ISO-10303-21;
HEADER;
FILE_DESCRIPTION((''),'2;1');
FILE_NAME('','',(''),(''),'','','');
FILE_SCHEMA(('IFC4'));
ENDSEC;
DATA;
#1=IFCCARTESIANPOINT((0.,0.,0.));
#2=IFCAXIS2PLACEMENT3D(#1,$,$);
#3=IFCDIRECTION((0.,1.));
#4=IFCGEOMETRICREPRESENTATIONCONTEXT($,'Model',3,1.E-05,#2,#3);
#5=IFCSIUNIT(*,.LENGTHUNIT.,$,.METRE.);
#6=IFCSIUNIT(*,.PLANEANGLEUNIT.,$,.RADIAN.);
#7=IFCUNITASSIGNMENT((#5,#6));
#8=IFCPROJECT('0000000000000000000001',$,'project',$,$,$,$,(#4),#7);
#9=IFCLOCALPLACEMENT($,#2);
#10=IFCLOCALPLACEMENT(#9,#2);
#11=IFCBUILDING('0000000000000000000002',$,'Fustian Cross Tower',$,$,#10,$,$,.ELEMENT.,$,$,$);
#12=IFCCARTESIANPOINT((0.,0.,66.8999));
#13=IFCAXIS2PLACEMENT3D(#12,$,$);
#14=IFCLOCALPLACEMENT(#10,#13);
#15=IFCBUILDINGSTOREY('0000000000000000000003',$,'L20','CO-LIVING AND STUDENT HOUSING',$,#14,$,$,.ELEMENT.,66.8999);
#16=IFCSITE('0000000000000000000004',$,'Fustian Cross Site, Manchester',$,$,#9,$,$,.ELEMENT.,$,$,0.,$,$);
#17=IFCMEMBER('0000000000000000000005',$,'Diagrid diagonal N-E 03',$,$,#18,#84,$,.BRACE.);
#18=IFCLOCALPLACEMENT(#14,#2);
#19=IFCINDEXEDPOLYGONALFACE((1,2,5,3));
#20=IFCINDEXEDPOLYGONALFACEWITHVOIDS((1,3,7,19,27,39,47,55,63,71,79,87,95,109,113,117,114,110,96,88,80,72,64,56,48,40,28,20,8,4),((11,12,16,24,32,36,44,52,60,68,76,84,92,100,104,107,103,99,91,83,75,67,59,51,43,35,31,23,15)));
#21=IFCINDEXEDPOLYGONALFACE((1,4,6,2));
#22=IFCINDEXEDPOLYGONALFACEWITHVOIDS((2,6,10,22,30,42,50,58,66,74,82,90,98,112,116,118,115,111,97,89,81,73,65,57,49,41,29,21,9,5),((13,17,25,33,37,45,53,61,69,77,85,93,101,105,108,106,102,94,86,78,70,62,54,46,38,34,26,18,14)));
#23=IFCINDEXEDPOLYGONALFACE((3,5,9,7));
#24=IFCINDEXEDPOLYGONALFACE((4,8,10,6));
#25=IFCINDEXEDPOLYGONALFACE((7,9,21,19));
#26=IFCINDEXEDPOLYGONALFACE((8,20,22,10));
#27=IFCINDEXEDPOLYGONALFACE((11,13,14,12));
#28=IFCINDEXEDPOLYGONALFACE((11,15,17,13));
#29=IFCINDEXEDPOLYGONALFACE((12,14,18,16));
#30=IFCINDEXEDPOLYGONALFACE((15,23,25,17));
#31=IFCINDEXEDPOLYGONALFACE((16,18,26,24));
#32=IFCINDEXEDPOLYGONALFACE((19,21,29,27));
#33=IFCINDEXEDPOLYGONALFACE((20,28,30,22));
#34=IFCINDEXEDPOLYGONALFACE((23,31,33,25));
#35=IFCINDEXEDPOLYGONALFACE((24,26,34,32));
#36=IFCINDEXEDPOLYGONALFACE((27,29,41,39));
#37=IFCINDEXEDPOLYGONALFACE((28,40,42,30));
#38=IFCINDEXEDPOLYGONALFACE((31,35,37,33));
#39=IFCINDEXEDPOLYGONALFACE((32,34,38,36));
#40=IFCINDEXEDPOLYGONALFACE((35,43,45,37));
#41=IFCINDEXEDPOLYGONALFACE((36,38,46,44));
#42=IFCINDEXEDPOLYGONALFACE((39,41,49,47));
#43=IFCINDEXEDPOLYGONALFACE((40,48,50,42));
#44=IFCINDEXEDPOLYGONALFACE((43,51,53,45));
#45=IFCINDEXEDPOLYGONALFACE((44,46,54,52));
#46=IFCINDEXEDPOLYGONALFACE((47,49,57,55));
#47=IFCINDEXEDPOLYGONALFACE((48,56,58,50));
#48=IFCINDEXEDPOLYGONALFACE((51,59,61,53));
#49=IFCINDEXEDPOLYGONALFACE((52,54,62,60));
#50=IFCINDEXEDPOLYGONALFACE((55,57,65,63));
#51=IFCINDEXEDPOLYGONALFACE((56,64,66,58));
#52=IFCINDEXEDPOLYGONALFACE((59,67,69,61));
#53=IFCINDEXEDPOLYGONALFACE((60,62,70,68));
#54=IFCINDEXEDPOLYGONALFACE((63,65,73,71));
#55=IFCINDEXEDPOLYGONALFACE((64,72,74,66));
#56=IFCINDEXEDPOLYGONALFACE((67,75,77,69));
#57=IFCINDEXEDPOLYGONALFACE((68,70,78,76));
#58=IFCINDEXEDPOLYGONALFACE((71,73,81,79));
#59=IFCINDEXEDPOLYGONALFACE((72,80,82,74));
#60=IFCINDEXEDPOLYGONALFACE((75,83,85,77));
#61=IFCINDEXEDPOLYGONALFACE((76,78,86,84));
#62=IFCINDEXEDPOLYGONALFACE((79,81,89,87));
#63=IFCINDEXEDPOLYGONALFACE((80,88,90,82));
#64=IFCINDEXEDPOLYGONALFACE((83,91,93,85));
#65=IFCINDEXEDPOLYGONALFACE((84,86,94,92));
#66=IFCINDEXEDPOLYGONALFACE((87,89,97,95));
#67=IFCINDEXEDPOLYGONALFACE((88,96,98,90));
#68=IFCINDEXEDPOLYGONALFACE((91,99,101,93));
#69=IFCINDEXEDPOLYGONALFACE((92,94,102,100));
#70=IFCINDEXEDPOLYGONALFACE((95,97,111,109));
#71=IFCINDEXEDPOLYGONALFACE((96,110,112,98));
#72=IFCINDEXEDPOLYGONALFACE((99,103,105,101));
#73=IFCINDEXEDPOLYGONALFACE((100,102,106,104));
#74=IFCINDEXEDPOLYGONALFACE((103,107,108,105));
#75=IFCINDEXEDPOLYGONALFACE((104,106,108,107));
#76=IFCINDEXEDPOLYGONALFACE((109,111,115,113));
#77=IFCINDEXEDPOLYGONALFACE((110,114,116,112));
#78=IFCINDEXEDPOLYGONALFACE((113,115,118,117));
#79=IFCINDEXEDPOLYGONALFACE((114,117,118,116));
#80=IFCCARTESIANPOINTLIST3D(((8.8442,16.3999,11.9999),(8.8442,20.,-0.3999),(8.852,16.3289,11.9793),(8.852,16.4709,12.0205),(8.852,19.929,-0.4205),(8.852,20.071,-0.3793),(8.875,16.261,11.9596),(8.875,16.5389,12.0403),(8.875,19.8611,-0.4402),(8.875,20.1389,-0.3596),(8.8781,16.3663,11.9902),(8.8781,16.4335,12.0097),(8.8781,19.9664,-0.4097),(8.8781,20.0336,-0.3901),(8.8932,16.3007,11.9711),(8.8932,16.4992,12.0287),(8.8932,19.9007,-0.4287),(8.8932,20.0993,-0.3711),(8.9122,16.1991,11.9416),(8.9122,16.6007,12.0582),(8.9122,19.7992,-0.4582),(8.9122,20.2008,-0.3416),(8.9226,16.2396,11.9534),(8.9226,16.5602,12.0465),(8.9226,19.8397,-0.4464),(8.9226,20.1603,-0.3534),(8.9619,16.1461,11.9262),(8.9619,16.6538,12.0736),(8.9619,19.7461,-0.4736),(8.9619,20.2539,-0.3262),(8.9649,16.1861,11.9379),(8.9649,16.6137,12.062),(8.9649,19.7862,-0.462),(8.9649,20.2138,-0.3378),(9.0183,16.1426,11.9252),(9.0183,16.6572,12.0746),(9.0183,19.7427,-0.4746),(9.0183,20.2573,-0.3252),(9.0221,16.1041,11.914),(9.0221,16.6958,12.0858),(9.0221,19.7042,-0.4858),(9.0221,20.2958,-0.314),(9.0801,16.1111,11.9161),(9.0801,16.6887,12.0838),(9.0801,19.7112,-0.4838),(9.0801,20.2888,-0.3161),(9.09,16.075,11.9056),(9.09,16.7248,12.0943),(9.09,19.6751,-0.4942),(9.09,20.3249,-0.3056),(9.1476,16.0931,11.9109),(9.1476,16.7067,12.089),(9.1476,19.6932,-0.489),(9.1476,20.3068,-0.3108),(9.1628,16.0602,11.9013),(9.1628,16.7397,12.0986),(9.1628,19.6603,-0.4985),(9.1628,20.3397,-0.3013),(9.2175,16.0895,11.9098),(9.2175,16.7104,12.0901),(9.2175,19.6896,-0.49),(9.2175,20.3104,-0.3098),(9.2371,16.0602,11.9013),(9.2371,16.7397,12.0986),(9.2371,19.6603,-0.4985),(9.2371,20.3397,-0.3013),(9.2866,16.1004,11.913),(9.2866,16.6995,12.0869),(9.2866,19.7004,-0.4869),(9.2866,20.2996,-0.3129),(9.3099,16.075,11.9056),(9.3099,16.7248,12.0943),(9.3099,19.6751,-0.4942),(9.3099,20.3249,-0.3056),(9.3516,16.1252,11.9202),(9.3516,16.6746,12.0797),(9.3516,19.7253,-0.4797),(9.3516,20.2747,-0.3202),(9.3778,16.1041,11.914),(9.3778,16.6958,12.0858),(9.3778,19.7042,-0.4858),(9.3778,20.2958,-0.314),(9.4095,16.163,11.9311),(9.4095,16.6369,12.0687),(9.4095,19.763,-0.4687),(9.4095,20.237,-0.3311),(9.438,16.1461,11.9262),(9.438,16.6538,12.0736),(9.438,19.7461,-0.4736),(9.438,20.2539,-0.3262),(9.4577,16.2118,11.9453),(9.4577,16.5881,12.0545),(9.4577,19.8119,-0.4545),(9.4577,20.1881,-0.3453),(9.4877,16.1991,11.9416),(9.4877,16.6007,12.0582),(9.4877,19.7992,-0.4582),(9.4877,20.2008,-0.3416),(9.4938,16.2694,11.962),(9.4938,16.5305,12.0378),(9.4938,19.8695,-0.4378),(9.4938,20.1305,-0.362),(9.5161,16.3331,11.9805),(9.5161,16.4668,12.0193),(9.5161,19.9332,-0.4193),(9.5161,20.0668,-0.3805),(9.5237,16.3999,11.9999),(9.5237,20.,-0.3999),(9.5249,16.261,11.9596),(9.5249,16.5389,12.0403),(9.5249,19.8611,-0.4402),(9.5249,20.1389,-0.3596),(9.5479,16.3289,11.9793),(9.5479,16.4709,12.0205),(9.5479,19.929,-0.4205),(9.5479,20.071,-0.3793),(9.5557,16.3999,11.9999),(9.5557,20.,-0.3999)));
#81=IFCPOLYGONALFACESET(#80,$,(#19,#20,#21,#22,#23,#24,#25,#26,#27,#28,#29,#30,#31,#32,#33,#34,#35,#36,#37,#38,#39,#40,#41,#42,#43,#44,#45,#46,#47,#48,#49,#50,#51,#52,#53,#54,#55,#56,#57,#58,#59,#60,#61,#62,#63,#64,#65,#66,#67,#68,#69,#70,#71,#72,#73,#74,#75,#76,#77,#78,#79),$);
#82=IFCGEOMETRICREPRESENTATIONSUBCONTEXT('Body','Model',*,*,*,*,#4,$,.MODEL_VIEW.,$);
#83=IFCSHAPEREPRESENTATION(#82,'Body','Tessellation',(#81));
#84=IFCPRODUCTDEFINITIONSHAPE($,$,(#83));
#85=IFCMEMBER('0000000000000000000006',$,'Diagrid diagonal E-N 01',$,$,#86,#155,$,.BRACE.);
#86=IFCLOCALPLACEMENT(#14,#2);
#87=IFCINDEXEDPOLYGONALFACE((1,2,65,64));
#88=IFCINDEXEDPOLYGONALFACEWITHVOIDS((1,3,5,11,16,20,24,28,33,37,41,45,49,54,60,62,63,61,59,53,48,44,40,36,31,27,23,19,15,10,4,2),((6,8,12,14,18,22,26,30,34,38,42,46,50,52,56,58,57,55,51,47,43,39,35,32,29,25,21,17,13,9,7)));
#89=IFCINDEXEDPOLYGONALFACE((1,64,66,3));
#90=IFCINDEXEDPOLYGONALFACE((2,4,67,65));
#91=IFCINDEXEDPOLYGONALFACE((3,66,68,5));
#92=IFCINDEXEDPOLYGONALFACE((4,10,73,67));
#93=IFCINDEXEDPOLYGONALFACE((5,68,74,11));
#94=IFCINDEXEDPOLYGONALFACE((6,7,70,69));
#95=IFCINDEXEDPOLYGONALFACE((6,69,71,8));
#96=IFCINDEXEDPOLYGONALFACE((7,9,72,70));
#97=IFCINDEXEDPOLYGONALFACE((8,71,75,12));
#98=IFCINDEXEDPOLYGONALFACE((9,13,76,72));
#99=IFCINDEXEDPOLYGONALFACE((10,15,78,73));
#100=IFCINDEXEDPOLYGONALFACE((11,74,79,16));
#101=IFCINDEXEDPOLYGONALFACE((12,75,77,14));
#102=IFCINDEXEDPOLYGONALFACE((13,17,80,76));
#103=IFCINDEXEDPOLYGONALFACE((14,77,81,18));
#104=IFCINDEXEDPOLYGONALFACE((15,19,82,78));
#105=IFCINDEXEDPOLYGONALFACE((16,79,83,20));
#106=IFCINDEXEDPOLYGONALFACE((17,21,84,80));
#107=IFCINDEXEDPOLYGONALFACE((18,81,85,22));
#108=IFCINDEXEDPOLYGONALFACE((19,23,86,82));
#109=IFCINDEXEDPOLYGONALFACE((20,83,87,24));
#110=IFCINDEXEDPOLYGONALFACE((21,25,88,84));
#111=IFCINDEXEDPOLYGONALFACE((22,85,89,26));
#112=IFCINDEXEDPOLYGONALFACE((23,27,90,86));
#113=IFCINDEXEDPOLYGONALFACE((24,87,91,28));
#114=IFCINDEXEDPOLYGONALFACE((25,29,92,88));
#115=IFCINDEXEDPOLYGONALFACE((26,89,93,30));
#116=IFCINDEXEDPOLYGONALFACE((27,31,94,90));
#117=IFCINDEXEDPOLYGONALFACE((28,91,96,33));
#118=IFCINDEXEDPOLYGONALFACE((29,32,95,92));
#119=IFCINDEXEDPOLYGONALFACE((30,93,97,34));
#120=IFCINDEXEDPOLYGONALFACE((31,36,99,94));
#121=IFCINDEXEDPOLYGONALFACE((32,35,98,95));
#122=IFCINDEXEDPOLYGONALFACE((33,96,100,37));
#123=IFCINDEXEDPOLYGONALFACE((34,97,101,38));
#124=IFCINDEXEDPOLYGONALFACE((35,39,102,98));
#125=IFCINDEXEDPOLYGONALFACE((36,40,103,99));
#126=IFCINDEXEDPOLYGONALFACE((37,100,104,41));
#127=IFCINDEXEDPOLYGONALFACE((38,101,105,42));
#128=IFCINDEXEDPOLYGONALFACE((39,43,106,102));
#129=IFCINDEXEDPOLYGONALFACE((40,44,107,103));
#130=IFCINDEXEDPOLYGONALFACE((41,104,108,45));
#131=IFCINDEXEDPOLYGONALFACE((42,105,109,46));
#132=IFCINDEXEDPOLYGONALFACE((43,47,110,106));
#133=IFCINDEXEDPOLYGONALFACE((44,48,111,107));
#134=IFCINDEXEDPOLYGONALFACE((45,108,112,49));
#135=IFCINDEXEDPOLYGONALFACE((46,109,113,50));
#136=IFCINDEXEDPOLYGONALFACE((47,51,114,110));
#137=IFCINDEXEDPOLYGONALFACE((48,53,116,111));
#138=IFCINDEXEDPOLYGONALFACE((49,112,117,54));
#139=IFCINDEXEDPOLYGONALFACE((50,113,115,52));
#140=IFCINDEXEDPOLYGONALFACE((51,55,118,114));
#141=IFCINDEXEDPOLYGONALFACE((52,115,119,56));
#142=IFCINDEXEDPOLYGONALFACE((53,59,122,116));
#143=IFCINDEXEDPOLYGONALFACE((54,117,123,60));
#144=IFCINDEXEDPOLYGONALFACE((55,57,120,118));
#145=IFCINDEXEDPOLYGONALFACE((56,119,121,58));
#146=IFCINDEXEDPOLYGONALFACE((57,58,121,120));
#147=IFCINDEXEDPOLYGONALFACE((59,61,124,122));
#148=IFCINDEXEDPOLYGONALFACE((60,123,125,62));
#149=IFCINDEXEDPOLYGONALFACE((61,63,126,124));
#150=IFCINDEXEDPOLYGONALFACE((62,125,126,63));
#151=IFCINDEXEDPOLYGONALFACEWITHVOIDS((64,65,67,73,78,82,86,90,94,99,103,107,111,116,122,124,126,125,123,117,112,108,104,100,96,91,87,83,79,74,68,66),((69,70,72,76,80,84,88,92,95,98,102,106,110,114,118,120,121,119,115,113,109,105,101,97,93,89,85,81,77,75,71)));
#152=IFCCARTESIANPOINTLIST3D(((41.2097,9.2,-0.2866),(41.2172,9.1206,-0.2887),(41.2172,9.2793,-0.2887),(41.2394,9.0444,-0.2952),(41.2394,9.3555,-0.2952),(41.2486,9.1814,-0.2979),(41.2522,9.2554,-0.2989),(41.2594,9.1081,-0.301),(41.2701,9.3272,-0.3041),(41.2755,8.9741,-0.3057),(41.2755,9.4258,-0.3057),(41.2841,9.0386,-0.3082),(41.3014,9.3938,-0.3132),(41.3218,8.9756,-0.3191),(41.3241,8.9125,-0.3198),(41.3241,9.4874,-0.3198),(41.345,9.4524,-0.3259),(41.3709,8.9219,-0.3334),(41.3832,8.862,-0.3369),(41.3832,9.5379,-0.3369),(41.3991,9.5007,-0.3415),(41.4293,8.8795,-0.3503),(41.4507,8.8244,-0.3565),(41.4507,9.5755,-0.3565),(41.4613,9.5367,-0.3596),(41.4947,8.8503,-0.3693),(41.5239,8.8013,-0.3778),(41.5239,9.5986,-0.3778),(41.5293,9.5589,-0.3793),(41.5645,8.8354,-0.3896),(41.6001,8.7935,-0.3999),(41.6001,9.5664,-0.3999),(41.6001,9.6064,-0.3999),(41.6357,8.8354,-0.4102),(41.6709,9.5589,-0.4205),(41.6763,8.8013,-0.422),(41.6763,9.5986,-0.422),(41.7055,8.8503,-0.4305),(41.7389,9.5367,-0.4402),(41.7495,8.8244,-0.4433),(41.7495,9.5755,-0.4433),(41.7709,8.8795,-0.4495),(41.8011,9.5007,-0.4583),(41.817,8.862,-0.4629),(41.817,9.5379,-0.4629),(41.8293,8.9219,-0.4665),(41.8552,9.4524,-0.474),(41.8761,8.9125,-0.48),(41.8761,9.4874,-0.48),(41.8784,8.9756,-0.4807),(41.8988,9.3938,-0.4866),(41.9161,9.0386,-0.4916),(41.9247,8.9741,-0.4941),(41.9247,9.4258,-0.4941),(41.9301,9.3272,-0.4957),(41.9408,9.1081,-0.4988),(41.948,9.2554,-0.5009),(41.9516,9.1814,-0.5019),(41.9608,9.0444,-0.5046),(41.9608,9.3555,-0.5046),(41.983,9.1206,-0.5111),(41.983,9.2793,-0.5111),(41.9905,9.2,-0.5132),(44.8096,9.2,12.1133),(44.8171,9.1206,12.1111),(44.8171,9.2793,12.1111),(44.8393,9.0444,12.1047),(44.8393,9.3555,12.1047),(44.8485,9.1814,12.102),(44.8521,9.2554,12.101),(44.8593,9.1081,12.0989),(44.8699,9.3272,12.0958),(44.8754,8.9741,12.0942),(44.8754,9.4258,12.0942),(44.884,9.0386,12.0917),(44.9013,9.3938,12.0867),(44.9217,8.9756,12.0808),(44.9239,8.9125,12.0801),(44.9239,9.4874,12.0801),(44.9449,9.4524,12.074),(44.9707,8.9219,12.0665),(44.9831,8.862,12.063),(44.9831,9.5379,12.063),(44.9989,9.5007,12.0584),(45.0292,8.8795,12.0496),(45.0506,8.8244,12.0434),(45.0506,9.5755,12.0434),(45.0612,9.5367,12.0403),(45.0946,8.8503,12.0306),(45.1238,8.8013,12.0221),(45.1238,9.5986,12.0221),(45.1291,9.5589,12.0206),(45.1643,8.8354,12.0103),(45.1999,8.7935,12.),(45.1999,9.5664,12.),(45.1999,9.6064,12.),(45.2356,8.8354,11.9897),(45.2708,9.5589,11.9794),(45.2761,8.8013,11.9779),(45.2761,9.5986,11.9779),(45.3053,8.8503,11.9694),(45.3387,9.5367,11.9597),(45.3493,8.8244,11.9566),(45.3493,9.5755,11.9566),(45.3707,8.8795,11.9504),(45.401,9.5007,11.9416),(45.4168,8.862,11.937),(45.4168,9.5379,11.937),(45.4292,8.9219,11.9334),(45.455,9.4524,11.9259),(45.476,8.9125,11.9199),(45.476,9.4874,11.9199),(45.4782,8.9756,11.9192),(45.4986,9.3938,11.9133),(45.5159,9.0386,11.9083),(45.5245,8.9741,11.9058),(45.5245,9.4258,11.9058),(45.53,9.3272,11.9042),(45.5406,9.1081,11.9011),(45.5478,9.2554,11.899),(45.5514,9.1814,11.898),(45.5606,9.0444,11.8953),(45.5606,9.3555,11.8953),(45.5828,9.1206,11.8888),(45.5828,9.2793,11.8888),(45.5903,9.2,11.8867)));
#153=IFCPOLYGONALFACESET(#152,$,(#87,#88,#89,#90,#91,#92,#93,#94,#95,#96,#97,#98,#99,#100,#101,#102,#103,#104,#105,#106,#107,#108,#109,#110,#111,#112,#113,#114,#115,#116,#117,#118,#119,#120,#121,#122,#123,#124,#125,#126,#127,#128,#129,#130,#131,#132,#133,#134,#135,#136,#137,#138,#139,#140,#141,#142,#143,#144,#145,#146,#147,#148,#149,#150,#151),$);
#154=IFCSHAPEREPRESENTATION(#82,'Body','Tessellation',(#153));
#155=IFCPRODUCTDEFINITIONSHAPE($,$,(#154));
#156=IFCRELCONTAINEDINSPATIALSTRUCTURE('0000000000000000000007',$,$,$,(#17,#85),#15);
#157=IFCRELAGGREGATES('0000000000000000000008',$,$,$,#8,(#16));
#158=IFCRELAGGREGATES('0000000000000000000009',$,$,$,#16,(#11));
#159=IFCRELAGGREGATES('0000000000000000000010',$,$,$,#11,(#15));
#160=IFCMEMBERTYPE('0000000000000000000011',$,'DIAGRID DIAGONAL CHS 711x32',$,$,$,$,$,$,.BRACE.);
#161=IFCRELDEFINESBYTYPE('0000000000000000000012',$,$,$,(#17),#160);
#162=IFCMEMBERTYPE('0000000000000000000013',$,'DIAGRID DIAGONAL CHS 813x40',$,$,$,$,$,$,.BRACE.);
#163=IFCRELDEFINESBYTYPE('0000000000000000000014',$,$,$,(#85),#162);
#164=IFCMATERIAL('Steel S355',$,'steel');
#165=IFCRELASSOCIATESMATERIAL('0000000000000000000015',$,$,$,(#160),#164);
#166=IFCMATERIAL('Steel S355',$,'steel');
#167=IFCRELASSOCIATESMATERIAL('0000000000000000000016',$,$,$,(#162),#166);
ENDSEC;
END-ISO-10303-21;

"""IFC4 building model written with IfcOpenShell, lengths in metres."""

from ifc_helpers import new_model, si_unit, direction, frame, origin, origin_2d, place, context, subcontext, project, spatial, hollow_circle, extrude, material, material_profile, profile_set, type_object, element, save


model = new_model("IFC4")

# Units and contexts
model_context = context("Model", 3, precision=1e-05, world=origin(), true_north=direction((0.0, 1.0)))
body_context = subcontext(model_context, "Body", "Model", "MODEL_VIEW")
ifc_project = project(units=[si_unit("LENGTHUNIT", "METRE"), si_unit("PLANEANGLEUNIT", "RADIAN")], contexts=[model_context])

# Site, building, storey
site_placement = place(None, origin())
site = spatial("IfcSite", under=ifc_project, at=site_placement, Name="Fustian Cross Site, Manchester", CompositionType="ELEMENT", RefElevation=0.0)
building_placement = place(site_placement, origin())
building = spatial("IfcBuilding", under=site, at=building_placement, Name="Fustian Cross Tower", CompositionType="ELEMENT")
storey_placement = place(building_placement, frame((0.0, 0.0, 66.8999)))
storey = spatial("IfcBuildingStorey", under=building, at=storey_placement, Name="L20", Description="CO-LIVING AND STUDENT HOUSING", CompositionType="ELEMENT", Elevation=66.8999)

# Members
ifc_material_1 = material(Name="Steel S355", Category="steel")
ifc_material_profile_1 = material_profile(ifc_material_1, hollow_circle(Radius=0.3557, WallThickness=0.032, at=origin_2d()), Name="CHS 711x32")
ifc_profile_set_1 = profile_set([ifc_material_profile_1], Name="Steel S355")
member_type_1 = type_object("IfcMemberType", Name="DIAGRID DIAGONAL CHS 711x32", PredefinedType="BRACE", material=ifc_profile_set_1)
for number, where, z_axis, x_axis, name in (
    (1, (9.2, 20.0, -0.3999), (0.0, -0.278819, 0.960344), (1.0, 0.0, 0.0), "Diagrid diagonal N-E 03"),
):
    element("IfcMember", number, at=place(storey_placement, frame(where, z_axis=z_axis, x_axis=x_axis)), inside=storey, type_object=member_type_1, Name=name, PredefinedType="BRACE", context=body_context, shape_type="SweptSolid", body=[
        extrude(hollow_circle(Radius=0.3557, WallThickness=0.032, at=origin_2d()), origin(), (0.0, 0.0, 1.0), 12.9119),
    ])
ifc_material_2 = material(Name="Steel S355", Category="steel")
ifc_material_profile_2 = material_profile(ifc_material_2, hollow_circle(Radius=0.4065, WallThickness=0.04, at=origin_2d()), Name="CHS 813x40")
ifc_profile_set_2 = profile_set([ifc_material_profile_2], Name="Steel S355")
member_type_2 = type_object("IfcMemberType", Name="DIAGRID DIAGONAL CHS 813x40", PredefinedType="BRACE", material=ifc_profile_set_2)
for number, where, z_axis, x_axis, name in (
    (2, (41.6001, 9.2, -0.3999), (0.278802, 0.0, 0.960349), (0.0, 1.0, 0.0), "Diagrid diagonal E-N 01"),
):
    element("IfcMember", number, at=place(storey_placement, frame(where, z_axis=z_axis, x_axis=x_axis)), inside=storey, type_object=member_type_2, Name=name, PredefinedType="BRACE", context=body_context, shape_type="SweptSolid", body=[
        extrude(hollow_circle(Radius=0.4065, WallThickness=0.04, at=origin_2d()), origin(), (0.0, 0.0, 1.0), 12.9119),
    ])

save(model, "model.ifc")
